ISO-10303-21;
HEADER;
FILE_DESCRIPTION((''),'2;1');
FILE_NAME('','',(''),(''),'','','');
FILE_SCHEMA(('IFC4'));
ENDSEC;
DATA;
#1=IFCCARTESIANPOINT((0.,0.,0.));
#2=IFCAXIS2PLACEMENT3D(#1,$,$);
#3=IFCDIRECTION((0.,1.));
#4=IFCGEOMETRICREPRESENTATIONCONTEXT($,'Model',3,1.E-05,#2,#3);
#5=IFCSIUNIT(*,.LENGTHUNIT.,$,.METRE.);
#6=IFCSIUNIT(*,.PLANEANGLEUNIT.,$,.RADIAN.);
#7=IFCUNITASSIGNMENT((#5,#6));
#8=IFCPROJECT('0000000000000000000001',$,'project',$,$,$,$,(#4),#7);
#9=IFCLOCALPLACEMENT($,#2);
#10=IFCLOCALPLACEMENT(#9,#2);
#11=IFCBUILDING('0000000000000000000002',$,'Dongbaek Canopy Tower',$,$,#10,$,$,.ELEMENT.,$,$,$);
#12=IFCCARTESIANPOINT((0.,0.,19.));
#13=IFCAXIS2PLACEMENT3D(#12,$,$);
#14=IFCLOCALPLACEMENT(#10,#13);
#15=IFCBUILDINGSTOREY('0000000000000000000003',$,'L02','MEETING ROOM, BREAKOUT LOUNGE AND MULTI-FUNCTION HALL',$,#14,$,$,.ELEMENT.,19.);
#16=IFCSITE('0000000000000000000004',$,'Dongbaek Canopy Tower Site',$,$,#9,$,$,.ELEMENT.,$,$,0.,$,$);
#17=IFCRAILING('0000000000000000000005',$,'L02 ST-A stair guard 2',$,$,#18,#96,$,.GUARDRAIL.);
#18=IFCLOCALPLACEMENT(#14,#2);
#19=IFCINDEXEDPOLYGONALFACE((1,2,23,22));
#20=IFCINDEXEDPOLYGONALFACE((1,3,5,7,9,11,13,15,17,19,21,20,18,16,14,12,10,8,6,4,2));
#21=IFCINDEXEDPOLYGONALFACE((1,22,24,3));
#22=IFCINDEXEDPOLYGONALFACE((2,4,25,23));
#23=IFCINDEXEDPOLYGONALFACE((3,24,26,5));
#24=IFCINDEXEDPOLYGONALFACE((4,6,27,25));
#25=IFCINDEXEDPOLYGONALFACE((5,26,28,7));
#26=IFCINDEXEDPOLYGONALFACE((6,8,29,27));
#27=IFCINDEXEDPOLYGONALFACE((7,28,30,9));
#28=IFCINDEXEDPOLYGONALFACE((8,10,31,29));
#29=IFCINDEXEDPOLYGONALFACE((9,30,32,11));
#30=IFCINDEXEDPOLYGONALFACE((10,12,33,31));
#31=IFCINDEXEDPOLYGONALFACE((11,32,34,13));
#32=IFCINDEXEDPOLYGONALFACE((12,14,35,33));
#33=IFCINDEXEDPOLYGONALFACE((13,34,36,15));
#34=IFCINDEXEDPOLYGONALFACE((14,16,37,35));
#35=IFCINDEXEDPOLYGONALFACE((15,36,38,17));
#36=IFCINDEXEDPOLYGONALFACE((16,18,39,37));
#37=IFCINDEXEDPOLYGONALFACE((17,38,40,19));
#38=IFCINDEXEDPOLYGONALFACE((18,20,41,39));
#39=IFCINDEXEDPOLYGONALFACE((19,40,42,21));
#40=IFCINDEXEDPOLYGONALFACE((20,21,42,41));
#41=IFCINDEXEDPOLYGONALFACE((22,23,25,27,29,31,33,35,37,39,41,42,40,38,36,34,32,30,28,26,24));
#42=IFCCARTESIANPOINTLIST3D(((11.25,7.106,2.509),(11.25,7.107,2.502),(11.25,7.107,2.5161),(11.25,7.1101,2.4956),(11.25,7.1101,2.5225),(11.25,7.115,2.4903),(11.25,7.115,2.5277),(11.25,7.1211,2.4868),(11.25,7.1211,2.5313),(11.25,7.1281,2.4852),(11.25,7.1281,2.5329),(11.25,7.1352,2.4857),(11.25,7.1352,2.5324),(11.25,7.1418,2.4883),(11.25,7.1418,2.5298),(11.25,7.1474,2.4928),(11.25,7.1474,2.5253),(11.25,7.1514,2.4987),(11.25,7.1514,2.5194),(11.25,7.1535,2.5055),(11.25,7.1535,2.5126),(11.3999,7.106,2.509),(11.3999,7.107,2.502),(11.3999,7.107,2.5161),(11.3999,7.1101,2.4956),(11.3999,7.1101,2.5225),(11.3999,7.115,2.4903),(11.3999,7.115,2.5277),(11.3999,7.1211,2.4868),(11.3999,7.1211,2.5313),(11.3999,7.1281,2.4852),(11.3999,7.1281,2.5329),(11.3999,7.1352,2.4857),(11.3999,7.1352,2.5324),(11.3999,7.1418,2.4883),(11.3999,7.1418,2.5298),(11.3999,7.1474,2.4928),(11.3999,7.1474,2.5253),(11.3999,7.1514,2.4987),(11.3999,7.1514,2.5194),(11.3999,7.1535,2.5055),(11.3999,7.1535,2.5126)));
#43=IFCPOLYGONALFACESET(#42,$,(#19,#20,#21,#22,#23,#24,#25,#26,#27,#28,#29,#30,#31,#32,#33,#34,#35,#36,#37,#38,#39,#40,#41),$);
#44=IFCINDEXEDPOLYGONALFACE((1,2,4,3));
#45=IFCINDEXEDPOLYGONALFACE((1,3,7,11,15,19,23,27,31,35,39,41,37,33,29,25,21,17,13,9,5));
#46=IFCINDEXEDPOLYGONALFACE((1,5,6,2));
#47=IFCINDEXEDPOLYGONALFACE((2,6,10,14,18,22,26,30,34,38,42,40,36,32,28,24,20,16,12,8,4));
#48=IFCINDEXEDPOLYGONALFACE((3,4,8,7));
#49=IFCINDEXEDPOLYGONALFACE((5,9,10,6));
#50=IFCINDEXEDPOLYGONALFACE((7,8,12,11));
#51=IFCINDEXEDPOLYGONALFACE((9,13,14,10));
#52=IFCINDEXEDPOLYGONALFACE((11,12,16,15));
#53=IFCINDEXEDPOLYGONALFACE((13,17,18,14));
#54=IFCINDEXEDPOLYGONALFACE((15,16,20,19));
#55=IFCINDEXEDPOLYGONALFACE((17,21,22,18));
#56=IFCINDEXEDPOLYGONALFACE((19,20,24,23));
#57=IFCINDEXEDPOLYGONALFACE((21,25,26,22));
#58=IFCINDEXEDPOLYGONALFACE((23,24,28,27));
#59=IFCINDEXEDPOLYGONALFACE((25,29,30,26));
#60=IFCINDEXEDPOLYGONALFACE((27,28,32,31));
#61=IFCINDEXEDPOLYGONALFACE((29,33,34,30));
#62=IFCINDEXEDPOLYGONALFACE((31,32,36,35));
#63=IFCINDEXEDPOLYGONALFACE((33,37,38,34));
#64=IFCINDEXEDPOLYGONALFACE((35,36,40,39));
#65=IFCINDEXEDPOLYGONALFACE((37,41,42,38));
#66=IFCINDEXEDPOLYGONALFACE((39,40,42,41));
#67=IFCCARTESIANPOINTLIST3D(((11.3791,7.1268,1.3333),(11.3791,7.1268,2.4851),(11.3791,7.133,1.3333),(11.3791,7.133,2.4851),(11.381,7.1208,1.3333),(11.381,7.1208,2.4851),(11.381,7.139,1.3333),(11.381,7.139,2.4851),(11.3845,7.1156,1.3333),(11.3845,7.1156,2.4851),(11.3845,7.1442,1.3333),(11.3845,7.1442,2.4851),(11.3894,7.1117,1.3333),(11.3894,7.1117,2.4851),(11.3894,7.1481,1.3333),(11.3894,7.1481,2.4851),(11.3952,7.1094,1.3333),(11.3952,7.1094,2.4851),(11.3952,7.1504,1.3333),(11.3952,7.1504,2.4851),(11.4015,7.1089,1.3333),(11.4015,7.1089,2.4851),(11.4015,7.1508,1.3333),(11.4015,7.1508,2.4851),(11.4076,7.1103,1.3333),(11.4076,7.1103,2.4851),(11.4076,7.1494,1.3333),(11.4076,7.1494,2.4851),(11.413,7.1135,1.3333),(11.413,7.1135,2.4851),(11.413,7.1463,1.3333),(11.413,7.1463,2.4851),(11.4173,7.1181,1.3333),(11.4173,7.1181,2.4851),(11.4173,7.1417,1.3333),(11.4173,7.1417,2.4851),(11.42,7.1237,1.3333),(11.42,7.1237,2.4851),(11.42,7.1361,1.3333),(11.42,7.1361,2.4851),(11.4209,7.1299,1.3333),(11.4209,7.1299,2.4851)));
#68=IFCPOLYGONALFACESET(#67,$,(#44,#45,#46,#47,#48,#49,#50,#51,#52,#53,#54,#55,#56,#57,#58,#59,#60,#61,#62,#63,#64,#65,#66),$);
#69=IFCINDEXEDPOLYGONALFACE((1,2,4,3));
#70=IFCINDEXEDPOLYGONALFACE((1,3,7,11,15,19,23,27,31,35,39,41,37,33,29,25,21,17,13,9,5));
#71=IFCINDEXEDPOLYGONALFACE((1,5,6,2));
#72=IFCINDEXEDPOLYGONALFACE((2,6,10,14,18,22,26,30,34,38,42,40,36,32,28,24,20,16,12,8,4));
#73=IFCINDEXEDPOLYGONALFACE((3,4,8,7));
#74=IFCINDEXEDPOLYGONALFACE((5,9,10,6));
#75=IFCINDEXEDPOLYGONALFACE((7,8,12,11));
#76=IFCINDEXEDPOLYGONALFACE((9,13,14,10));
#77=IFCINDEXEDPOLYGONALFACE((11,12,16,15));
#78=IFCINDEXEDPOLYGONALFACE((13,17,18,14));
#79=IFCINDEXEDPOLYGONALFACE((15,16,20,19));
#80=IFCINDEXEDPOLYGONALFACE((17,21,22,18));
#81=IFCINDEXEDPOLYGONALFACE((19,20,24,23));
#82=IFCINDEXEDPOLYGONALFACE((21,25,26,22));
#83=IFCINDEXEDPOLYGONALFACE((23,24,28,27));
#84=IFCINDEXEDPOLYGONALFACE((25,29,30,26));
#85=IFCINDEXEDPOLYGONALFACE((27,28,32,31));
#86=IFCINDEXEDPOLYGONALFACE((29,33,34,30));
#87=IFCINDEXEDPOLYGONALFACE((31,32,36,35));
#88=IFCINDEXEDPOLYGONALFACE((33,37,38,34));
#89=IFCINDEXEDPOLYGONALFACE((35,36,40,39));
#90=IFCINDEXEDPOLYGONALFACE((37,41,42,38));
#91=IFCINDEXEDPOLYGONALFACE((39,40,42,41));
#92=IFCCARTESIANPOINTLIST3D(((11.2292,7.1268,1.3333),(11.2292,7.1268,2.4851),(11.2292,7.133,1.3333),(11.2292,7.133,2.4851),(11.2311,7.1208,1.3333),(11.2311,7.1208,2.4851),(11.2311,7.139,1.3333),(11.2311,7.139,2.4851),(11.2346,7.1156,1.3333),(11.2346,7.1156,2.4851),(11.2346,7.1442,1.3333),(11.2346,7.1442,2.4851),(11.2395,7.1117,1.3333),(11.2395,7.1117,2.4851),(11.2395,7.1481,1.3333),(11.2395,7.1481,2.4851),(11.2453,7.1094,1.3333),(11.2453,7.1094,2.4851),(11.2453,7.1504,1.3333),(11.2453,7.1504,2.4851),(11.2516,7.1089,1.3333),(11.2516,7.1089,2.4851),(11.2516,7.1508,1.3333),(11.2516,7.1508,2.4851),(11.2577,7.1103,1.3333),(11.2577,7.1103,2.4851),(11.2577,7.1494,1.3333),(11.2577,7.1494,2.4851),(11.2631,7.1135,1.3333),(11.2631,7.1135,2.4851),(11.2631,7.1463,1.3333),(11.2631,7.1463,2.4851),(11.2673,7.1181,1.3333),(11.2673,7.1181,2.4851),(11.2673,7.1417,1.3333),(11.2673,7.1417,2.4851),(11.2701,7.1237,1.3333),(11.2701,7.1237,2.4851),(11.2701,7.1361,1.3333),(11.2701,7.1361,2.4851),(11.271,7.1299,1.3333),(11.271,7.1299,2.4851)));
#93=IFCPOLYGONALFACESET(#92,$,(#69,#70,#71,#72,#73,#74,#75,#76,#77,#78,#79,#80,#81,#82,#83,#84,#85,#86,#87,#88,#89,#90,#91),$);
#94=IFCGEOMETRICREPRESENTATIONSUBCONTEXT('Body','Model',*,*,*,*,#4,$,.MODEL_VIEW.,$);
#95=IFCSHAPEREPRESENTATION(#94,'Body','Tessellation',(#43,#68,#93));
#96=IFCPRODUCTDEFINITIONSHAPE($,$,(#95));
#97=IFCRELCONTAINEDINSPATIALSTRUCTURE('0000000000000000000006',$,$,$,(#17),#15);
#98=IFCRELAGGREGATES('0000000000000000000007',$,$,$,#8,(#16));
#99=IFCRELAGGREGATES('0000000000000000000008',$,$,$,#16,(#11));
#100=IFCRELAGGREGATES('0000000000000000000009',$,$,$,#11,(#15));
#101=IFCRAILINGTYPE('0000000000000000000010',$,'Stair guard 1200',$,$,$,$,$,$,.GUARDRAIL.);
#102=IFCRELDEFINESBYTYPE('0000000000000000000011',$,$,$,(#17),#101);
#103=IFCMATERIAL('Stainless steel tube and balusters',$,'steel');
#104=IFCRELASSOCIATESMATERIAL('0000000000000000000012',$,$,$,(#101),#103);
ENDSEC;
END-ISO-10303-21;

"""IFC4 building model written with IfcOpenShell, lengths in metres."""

from ifc_helpers import new_model, si_unit, direction, frame, origin, origin_2d, place, context, subcontext, project, spatial, circle, extrude, material, type_object, element, save


model = new_model("IFC4")

# Units and contexts
model_context = context("Model", 3, precision=1e-05, world=origin(), true_north=direction((0.0, 1.0)))
body_context = subcontext(model_context, "Body", "Model", "MODEL_VIEW")
ifc_project = project(units=[si_unit("LENGTHUNIT", "METRE"), si_unit("PLANEANGLEUNIT", "RADIAN")], contexts=[model_context])

# Site, building, storey
site_placement = place(None, origin())
site = spatial("IfcSite", under=ifc_project, at=site_placement, Name="Dongbaek Canopy Tower Site", CompositionType="ELEMENT", RefElevation=0.0)
building_placement = place(site_placement, origin())
building = spatial("IfcBuilding", under=site, at=building_placement, Name="Dongbaek Canopy Tower", CompositionType="ELEMENT")
storey_placement = place(building_placement, frame((0.0, 0.0, 19.0)))
storey = spatial("IfcBuildingStorey", under=building, at=storey_placement, Name="L02", Description="MEETING ROOM, BREAKOUT LOUNGE AND MULTI-FUNCTION HALL", CompositionType="ELEMENT", Elevation=19.0)

# Railing
ifc_material_1 = material(Name="Stainless steel tube and balusters", Category="steel")
railing_type_1 = type_object("IfcRailingType", Name="Stair guard 1200", PredefinedType="GUARDRAIL", material=ifc_material_1)
railing_1_placement = place(storey_placement, frame((11.3999, 7.1299, 1.3333)))
element("IfcRailing", 1, at=railing_1_placement, inside=storey, type_object=railing_type_1, Name="L02 ST-A stair guard 2", PredefinedType="GUARDRAIL", context=body_context, shape_type="SweptSolid", body=[
    extrude(circle(Radius=0.0239, at=origin_2d()), frame((0.0, 0.0, 1.1758), z_axis=(-1.0, 0.0, 0.0), x_axis=(0.0, -1.0, 0.0)), (0.0, 0.0, 1.0), 0.1499),
    extrude(circle(Radius=0.021, at=origin_2d()), origin(), (0.0, 0.0, 1.0), 1.1519),
    extrude(circle(Radius=0.021, at=origin_2d()), frame((-0.1499, 0.0, 0.0)), (0.0, 0.0, 1.0), 1.1519),
])

save(model, "model.ifc")
